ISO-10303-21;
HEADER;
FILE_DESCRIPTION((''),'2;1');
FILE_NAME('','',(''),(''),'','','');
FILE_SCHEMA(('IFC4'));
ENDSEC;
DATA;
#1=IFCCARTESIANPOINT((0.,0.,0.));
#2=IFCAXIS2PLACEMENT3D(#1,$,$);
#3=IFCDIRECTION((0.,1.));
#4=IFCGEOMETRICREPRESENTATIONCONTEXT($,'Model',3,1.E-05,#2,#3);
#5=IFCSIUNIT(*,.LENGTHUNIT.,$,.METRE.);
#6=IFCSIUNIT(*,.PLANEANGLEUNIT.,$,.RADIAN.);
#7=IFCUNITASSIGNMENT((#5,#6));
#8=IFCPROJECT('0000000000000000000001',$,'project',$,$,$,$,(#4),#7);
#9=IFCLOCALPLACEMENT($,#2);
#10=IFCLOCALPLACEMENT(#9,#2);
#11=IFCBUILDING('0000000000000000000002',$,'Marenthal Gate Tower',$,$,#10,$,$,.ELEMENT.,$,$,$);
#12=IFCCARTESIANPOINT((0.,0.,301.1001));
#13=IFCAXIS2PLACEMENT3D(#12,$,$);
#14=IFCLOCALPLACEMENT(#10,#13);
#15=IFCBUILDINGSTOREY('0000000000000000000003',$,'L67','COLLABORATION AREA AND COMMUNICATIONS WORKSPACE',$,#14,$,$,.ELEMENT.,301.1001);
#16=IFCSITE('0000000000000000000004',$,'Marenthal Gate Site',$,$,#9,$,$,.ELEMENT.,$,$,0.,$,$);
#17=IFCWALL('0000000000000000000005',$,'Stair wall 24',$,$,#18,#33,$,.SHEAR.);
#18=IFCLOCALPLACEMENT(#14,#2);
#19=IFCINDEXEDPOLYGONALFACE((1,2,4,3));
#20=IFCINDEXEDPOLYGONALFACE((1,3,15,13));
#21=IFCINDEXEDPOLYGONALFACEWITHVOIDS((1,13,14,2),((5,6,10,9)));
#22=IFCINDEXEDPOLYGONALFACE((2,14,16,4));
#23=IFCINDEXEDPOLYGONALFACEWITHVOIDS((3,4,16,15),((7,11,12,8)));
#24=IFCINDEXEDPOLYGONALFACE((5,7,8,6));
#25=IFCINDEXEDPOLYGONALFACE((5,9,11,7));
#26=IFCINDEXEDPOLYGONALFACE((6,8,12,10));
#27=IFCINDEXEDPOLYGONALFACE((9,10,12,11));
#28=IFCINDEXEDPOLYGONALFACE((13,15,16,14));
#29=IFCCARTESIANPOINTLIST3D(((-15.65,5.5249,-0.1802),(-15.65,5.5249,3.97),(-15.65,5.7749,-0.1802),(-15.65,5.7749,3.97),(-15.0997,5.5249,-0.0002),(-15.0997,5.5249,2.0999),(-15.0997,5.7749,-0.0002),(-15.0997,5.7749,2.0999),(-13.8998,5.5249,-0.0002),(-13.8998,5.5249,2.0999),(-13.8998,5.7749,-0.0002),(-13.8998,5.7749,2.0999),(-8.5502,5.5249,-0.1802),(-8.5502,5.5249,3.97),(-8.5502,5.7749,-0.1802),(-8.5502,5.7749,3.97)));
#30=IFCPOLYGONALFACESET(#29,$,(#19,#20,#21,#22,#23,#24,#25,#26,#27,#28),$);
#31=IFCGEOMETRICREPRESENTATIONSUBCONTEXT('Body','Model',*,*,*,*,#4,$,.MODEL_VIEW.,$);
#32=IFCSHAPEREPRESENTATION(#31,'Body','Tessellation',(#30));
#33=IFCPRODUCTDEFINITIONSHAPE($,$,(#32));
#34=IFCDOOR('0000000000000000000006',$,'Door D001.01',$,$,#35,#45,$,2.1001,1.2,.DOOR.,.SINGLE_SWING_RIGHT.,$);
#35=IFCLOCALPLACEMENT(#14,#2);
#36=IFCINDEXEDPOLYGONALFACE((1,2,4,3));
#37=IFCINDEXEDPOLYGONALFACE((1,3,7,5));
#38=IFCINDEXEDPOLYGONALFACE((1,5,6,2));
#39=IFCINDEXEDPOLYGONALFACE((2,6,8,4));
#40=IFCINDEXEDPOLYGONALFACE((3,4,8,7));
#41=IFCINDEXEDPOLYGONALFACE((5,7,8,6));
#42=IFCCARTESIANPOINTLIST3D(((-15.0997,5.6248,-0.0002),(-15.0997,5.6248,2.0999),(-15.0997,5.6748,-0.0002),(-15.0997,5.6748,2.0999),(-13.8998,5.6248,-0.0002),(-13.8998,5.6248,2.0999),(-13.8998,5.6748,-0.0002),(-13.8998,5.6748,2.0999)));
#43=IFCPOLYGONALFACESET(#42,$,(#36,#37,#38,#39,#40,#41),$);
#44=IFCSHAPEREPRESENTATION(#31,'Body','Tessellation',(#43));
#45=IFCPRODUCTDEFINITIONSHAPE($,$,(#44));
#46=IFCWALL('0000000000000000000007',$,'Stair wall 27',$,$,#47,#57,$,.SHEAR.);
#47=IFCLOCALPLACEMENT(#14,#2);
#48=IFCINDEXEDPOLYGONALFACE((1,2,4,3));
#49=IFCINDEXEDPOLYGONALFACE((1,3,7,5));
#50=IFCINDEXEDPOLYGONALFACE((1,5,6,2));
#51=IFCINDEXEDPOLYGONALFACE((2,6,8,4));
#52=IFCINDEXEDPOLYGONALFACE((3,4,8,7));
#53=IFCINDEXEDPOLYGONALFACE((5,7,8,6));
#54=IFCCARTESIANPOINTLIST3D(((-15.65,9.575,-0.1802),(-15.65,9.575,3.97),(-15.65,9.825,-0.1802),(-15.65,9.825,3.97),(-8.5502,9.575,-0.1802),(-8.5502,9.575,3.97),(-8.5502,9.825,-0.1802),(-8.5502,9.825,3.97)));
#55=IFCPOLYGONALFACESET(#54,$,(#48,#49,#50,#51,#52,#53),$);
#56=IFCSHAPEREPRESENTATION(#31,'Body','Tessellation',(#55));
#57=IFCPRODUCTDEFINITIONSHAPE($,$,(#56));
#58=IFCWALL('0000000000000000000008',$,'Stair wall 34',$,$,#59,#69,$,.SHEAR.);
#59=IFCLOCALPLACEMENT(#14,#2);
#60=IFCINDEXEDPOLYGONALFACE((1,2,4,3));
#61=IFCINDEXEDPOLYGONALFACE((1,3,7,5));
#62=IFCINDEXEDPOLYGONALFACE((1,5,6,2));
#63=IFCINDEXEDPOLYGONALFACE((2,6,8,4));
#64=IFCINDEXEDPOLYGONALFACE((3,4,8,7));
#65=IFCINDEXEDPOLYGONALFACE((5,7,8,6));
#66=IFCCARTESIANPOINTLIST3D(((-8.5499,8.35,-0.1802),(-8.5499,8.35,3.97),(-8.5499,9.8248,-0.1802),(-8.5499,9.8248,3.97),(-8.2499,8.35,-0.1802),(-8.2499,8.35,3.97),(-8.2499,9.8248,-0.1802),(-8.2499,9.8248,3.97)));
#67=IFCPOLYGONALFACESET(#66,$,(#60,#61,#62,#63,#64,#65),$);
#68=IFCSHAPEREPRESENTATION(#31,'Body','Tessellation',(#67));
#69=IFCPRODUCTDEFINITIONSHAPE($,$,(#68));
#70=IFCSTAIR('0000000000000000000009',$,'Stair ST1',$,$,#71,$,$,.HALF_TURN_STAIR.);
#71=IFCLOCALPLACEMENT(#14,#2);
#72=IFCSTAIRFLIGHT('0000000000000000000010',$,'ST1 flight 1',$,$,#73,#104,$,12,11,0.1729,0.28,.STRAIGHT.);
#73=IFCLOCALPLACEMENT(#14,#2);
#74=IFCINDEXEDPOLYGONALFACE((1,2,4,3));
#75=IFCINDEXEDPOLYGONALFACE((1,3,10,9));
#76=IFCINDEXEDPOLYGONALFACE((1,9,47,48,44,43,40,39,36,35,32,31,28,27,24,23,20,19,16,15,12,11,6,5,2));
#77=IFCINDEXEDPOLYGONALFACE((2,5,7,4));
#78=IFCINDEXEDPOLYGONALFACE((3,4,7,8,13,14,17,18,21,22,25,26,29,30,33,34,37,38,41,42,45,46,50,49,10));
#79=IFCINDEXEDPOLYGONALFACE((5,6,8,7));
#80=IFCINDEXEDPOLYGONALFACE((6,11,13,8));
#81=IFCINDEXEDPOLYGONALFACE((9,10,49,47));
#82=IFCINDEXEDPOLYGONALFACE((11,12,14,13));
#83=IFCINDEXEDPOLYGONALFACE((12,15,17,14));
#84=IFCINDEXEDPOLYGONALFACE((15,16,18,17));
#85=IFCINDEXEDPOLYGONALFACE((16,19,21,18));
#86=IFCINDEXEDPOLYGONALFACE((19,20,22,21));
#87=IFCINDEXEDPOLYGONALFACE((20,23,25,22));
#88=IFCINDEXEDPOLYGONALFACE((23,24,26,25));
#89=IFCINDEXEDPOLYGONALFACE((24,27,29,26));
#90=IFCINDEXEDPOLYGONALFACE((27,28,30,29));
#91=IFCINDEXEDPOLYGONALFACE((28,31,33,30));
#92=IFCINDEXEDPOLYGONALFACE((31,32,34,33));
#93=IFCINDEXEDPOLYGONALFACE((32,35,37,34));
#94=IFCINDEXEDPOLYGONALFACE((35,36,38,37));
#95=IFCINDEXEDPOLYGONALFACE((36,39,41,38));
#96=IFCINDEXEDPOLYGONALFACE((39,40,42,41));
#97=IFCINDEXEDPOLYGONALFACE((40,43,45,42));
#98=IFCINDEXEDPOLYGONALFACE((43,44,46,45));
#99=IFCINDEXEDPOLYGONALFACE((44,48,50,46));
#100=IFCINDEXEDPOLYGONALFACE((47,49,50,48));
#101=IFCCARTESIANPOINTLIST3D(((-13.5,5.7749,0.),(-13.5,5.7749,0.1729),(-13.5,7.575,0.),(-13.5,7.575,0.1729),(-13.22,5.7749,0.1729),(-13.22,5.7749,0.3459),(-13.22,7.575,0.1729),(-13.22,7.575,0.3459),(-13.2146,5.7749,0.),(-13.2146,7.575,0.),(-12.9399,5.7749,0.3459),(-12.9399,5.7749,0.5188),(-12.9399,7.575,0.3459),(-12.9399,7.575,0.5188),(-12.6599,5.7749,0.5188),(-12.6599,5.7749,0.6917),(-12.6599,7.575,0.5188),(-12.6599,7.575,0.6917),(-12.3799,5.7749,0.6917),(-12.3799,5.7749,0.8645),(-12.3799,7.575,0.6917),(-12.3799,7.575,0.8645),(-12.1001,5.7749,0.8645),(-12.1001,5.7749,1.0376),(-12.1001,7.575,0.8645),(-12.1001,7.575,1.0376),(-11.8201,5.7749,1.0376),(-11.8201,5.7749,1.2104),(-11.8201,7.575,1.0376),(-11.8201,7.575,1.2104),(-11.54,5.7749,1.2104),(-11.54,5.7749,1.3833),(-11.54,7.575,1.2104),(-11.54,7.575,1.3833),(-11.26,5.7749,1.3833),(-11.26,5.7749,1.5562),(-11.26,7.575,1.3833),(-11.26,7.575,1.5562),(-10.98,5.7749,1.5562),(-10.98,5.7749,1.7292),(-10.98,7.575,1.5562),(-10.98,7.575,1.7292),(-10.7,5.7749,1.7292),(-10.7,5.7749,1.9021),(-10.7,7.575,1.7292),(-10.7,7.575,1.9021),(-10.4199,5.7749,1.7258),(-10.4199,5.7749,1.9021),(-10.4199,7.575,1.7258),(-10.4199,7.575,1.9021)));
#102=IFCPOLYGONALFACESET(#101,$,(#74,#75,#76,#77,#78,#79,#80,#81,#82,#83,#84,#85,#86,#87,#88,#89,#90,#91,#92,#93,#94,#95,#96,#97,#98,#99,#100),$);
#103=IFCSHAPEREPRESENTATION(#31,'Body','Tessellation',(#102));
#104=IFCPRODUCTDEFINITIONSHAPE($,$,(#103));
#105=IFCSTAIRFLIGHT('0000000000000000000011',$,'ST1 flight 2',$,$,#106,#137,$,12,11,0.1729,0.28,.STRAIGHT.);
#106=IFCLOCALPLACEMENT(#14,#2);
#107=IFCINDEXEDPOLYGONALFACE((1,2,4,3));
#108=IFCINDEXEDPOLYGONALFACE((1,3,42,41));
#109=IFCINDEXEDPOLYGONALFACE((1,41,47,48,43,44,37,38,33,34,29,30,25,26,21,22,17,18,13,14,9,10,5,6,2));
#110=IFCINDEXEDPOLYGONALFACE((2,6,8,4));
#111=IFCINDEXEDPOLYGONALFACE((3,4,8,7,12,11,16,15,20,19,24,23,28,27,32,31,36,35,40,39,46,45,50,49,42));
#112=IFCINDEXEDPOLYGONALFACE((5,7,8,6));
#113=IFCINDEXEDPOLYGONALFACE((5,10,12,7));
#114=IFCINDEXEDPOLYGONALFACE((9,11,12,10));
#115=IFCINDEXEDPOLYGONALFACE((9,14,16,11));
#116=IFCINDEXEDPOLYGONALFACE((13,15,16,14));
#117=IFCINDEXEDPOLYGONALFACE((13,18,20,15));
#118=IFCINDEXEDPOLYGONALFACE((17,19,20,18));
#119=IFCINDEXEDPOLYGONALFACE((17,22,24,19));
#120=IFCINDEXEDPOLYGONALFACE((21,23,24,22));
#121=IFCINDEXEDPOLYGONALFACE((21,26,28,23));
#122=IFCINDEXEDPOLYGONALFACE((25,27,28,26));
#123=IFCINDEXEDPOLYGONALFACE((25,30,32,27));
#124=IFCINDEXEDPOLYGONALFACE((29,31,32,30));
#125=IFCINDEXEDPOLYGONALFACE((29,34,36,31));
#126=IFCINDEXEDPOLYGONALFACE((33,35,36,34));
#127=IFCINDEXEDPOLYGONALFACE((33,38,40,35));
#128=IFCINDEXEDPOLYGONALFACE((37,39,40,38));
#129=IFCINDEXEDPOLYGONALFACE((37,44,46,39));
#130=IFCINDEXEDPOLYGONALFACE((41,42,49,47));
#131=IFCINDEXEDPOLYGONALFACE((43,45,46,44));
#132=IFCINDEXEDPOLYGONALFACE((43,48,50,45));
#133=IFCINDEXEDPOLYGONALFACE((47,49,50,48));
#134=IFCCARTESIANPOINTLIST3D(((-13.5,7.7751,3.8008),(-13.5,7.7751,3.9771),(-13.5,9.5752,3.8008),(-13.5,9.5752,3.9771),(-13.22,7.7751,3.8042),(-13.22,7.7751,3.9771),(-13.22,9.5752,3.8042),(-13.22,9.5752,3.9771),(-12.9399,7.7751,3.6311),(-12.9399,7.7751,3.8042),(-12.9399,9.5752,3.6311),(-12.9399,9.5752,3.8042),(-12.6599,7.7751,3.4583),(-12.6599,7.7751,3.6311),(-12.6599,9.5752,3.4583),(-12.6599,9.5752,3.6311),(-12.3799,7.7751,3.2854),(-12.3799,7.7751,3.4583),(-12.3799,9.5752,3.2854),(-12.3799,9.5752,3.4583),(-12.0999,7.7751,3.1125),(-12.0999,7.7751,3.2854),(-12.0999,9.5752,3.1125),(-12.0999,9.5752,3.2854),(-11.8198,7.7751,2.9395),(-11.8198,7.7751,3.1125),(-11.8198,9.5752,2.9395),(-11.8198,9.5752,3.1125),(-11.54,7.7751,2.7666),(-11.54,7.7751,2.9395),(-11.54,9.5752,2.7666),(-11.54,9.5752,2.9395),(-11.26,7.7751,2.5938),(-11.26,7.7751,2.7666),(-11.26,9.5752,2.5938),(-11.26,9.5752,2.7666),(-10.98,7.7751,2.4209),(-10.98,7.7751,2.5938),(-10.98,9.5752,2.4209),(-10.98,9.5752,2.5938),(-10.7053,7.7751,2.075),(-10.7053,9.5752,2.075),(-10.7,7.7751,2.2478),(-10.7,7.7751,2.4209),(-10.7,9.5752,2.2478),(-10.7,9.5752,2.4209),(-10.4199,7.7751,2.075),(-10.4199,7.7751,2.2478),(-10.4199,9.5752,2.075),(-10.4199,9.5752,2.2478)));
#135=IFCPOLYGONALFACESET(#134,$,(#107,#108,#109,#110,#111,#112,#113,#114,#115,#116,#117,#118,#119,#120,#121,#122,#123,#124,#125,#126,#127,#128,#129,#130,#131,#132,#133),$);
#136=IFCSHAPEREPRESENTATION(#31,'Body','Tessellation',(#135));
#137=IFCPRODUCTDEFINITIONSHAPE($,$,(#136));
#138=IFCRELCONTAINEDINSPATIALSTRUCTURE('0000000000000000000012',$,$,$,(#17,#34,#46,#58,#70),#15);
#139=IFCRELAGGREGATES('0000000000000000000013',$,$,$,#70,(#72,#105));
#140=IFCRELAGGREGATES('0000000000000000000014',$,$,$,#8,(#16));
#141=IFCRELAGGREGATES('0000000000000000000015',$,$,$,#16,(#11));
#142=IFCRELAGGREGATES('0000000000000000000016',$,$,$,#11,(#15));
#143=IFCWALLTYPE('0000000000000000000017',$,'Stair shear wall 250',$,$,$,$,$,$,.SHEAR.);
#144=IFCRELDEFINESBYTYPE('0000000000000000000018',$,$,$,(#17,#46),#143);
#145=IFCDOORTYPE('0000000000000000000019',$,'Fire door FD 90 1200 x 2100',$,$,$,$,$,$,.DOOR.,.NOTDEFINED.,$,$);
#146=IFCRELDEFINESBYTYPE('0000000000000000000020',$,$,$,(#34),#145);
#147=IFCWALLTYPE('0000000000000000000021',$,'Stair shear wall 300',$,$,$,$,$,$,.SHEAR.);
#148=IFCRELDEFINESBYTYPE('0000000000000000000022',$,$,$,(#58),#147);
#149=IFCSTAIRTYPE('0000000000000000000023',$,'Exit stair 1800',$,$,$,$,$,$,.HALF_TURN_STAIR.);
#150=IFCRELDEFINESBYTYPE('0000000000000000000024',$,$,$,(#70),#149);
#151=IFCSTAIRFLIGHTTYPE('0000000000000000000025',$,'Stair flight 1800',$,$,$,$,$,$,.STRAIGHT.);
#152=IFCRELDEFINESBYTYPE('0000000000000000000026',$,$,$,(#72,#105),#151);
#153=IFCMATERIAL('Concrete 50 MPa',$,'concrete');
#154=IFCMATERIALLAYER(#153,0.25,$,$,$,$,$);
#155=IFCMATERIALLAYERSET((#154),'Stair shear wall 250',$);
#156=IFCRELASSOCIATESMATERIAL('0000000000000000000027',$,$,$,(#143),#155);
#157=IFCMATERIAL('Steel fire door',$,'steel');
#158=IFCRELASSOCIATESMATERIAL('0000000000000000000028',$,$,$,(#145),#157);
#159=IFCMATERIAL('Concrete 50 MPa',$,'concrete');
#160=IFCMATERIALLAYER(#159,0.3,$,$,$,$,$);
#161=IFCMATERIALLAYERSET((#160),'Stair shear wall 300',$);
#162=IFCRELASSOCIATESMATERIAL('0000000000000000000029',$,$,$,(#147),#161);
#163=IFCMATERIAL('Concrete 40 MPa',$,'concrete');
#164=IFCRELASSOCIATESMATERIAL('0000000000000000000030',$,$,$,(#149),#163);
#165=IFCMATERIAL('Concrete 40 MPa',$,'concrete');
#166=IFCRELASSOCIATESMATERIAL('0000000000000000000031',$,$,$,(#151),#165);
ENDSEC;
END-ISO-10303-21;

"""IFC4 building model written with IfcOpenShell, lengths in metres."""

from ifc_helpers import new_model, si_unit, direction, frame, frame_2d, origin, place, context, subcontext, project, spatial, polyline, rectangle, outline, extrude, material, layer, layer_set, type_object, element, fill, aggregate, save


model = new_model("IFC4")

# Units and contexts
model_context = context("Model", 3, precision=1e-05, world=origin(), true_north=direction((0.0, 1.0)))
body_context = subcontext(model_context, "Body", "Model", "MODEL_VIEW")
ifc_project = project(units=[si_unit("LENGTHUNIT", "METRE"), si_unit("PLANEANGLEUNIT", "RADIAN")], contexts=[model_context])

# Site, building, storey
site_placement = place(None, origin())
site = spatial("IfcSite", under=ifc_project, at=site_placement, Name="Marenthal Gate Site", CompositionType="ELEMENT", RefElevation=0.0)
building_placement = place(site_placement, origin())
building = spatial("IfcBuilding", under=site, at=building_placement, Name="Marenthal Gate Tower", CompositionType="ELEMENT")
storey_placement = place(building_placement, frame((0.0, 0.0, 301.1001)))
storey = spatial("IfcBuildingStorey", under=building, at=storey_placement, Name="L67", Description="COLLABORATION AREA AND COMMUNICATIONS WORKSPACE", CompositionType="ELEMENT", Elevation=301.1001)

# Wall, opening, door
ifc_material_1 = material(Name="Concrete 50 MPa", Category="concrete")
ifc_layer_1 = layer(ifc_material_1, 0.25)
ifc_layer_set_1 = layer_set([ifc_layer_1], Name="Stair shear wall 250")
wall_type_1 = type_object("IfcWallType", Name="Stair shear wall 250", PredefinedType="SHEAR", material=ifc_layer_set_1)
wall_1_placement = place(storey_placement, frame((-15.6499, 5.6499, -0.1802), z_axis=(0.0, 0.0, 1.0), x_axis=(1.0, 0.0, 0.0)))
wall_1 = element("IfcWall", 1, at=wall_1_placement, inside=storey, type_object=wall_type_1, Name="Stair wall 24", PredefinedType="SHEAR", context=body_context, shape_type="SweptSolid", body=[
    extrude(rectangle(XDim=7.0999, YDim=0.25, at=frame_2d((3.5498, 0.0))), origin(), (0.0, 0.0, 1.0), 4.1501),
])
opening_1_placement = place(wall_1_placement, frame((0.55, 0.0, 0.1799)))
opening_1 = element("IfcOpeningElement", 2, at=opening_1_placement, cuts=wall_1, PredefinedType="OPENING", context=body_context, shape_type="SweptSolid", body=[
    extrude(rectangle(XDim=1.2, YDim=2.1001, at=frame_2d((0.6001, 1.05))), frame((0.0, 0.135, 0.0), z_axis=(0.0, -1.0, 0.0), x_axis=(1.0, 0.0, 0.0)), (0.0, 0.0, 1.0), 0.27),
])
ifc_material_2 = material(Name="Steel fire door", Category="steel")
door_type_1 = type_object("IfcDoorType", Name="Fire door FD 90 1200 x 2100", OperationType="NOTDEFINED", PredefinedType="DOOR", material=ifc_material_2)
door_1_placement = place(opening_1_placement, origin())
door_1 = element("IfcDoor", 3, at=door_1_placement, inside=storey, type_object=door_type_1, Name="Door D001.01", OperationType="SINGLE_SWING_RIGHT", OverallHeight=2.1001, OverallWidth=1.2, PredefinedType="DOOR", context=body_context, shape_type="SweptSolid", body=[
    extrude(rectangle(XDim=1.2, YDim=2.1001, at=frame_2d((0.6001, 1.05))), frame((0.0, 0.0249, 0.0), z_axis=(0.0, -1.0, 0.0), x_axis=(1.0, 0.0, 0.0)), (0.0, 0.0, 1.0), 0.05),
])
fill(opening_1, door_1)

# Walls
wall_2_placement = place(storey_placement, frame((-15.6499, 9.7, -0.1802), z_axis=(0.0, 0.0, 1.0), x_axis=(1.0, 0.0, 0.0)))
element("IfcWall", 4, at=wall_2_placement, inside=storey, type_object=wall_type_1, Name="Stair wall 27", PredefinedType="SHEAR", context=body_context, shape_type="SweptSolid", body=[
    extrude(rectangle(XDim=7.0999, YDim=0.25, at=frame_2d((3.5498, 0.0))), origin(), (0.0, 0.0, 1.0), 4.1501),
])
ifc_material_3 = material(Name="Concrete 50 MPa", Category="concrete")
ifc_layer_2 = layer(ifc_material_3, 0.3)
ifc_layer_set_2 = layer_set([ifc_layer_2], Name="Stair shear wall 300")
wall_type_2 = type_object("IfcWallType", Name="Stair shear wall 300", PredefinedType="SHEAR", material=ifc_layer_set_2)
wall_3_placement = place(storey_placement, frame((-8.3999, 8.3501, -0.1802), z_axis=(0.0, 0.0, 1.0), x_axis=(0.0, 1.0, 0.0)))
element("IfcWall", 5, at=wall_3_placement, inside=storey, type_object=wall_type_2, Name="Stair wall 34", PredefinedType="SHEAR", context=body_context, shape_type="SweptSolid", body=[
    extrude(rectangle(XDim=1.4749, YDim=0.3, at=frame_2d((0.7373, 0.0))), origin(), (0.0, 0.0, 1.0), 4.1501),
])

# Stair, stair flights
ifc_material_4 = material(Name="Concrete 40 MPa", Category="concrete")
stair_type = type_object("IfcStairType", Name="Exit stair 1800", PredefinedType="HALF_TURN_STAIR", material=ifc_material_4)
stair_placement = place(storey_placement, origin())
stair = element("IfcStair", 6, at=stair_placement, inside=storey, type_object=stair_type, Name="Stair ST1", PredefinedType="HALF_TURN_STAIR")
ifc_material_5 = material(Name="Concrete 40 MPa", Category="concrete")
stair_flight_type = type_object("IfcStairFlightType", Name="Stair flight 1800", PredefinedType="STRAIGHT", material=ifc_material_5)
stair_flight_1_placement = place(storey_placement, frame((-13.5, 6.675, 0.0), z_axis=(0.0, 0.0, 1.0), x_axis=(1.0, 0.0, 0.0)))
stair_flight_1 = element("IfcStairFlight", 7, at=stair_flight_1_placement, type_object=stair_flight_type, Name="ST1 flight 1", NumberOfRisers=12, NumberOfTreads=11, PredefinedType="STRAIGHT", RiserHeight=0.1729, TreadLength=0.28, context=body_context, shape_type="SweptSolid", body=[
    extrude(outline(polyline([(0.0, 0.0), (0.0, 0.1729), (0.28, 0.1729), (0.28, 0.3459), (0.5601, 0.3459), (0.5601, 0.5188), (0.8401, 0.5188), (0.8401, 0.6917), (1.1201, 0.6917), (1.1201, 0.8645), (1.3999, 0.8645), (1.3999, 1.0376), (1.6799, 1.0376), (1.6799, 1.2104), (1.96, 1.2104), (1.96, 1.3833), (2.24, 1.3833), (2.24, 1.5562), (2.52, 1.5562), (2.52, 1.7292), (2.8, 1.7292), (2.8, 1.9021), (3.0801, 1.9021), (3.0801, 2.075), (3.0801, 1.7258), (0.2854, 0.0), (0.0, 0.0)])), frame((0.0, 0.8999, 0.0), z_axis=(0.0, -1.0, 0.0), x_axis=(1.0, 0.0, 0.0)), (0.0, 0.0, 1.0), 1.8),
])
stair_flight_2_placement = place(storey_placement, frame((-10.4199, 8.675, 2.075), z_axis=(0.0, 0.0, 1.0), x_axis=(-1.0, 0.0, 0.0)))
stair_flight_2 = element("IfcStairFlight", 8, at=stair_flight_2_placement, type_object=stair_flight_type, Name="ST1 flight 2", NumberOfRisers=12, NumberOfTreads=11, PredefinedType="STRAIGHT", RiserHeight=0.1729, TreadLength=0.28, context=body_context, shape_type="SweptSolid", body=[
    extrude(outline(polyline([(0.0, 0.0), (0.0, 0.1729), (0.28, 0.1729), (0.28, 0.3459), (0.5601, 0.3459), (0.5601, 0.5188), (0.8401, 0.5188), (0.8401, 0.6917), (1.1201, 0.6917), (1.1201, 0.8645), (1.3999, 0.8645), (1.3999, 1.0376), (1.6799, 1.0376), (1.6799, 1.2104), (1.96, 1.2104), (1.96, 1.3833), (2.24, 1.3833), (2.24, 1.5562), (2.52, 1.5562), (2.52, 1.7292), (2.8, 1.7292), (2.8, 1.9021), (3.0801, 1.9021), (3.0801, 2.075), (3.0801, 1.7258), (0.2854, 0.0), (0.0, 0.0)])), frame((0.0, 0.8999, 0.0), z_axis=(0.0, -1.0, 0.0), x_axis=(1.0, 0.0, 0.0)), (0.0, 0.0, 1.0), 1.8),
])
aggregate(stair, [stair_flight_1, stair_flight_2])

save(model, "model.ifc")
